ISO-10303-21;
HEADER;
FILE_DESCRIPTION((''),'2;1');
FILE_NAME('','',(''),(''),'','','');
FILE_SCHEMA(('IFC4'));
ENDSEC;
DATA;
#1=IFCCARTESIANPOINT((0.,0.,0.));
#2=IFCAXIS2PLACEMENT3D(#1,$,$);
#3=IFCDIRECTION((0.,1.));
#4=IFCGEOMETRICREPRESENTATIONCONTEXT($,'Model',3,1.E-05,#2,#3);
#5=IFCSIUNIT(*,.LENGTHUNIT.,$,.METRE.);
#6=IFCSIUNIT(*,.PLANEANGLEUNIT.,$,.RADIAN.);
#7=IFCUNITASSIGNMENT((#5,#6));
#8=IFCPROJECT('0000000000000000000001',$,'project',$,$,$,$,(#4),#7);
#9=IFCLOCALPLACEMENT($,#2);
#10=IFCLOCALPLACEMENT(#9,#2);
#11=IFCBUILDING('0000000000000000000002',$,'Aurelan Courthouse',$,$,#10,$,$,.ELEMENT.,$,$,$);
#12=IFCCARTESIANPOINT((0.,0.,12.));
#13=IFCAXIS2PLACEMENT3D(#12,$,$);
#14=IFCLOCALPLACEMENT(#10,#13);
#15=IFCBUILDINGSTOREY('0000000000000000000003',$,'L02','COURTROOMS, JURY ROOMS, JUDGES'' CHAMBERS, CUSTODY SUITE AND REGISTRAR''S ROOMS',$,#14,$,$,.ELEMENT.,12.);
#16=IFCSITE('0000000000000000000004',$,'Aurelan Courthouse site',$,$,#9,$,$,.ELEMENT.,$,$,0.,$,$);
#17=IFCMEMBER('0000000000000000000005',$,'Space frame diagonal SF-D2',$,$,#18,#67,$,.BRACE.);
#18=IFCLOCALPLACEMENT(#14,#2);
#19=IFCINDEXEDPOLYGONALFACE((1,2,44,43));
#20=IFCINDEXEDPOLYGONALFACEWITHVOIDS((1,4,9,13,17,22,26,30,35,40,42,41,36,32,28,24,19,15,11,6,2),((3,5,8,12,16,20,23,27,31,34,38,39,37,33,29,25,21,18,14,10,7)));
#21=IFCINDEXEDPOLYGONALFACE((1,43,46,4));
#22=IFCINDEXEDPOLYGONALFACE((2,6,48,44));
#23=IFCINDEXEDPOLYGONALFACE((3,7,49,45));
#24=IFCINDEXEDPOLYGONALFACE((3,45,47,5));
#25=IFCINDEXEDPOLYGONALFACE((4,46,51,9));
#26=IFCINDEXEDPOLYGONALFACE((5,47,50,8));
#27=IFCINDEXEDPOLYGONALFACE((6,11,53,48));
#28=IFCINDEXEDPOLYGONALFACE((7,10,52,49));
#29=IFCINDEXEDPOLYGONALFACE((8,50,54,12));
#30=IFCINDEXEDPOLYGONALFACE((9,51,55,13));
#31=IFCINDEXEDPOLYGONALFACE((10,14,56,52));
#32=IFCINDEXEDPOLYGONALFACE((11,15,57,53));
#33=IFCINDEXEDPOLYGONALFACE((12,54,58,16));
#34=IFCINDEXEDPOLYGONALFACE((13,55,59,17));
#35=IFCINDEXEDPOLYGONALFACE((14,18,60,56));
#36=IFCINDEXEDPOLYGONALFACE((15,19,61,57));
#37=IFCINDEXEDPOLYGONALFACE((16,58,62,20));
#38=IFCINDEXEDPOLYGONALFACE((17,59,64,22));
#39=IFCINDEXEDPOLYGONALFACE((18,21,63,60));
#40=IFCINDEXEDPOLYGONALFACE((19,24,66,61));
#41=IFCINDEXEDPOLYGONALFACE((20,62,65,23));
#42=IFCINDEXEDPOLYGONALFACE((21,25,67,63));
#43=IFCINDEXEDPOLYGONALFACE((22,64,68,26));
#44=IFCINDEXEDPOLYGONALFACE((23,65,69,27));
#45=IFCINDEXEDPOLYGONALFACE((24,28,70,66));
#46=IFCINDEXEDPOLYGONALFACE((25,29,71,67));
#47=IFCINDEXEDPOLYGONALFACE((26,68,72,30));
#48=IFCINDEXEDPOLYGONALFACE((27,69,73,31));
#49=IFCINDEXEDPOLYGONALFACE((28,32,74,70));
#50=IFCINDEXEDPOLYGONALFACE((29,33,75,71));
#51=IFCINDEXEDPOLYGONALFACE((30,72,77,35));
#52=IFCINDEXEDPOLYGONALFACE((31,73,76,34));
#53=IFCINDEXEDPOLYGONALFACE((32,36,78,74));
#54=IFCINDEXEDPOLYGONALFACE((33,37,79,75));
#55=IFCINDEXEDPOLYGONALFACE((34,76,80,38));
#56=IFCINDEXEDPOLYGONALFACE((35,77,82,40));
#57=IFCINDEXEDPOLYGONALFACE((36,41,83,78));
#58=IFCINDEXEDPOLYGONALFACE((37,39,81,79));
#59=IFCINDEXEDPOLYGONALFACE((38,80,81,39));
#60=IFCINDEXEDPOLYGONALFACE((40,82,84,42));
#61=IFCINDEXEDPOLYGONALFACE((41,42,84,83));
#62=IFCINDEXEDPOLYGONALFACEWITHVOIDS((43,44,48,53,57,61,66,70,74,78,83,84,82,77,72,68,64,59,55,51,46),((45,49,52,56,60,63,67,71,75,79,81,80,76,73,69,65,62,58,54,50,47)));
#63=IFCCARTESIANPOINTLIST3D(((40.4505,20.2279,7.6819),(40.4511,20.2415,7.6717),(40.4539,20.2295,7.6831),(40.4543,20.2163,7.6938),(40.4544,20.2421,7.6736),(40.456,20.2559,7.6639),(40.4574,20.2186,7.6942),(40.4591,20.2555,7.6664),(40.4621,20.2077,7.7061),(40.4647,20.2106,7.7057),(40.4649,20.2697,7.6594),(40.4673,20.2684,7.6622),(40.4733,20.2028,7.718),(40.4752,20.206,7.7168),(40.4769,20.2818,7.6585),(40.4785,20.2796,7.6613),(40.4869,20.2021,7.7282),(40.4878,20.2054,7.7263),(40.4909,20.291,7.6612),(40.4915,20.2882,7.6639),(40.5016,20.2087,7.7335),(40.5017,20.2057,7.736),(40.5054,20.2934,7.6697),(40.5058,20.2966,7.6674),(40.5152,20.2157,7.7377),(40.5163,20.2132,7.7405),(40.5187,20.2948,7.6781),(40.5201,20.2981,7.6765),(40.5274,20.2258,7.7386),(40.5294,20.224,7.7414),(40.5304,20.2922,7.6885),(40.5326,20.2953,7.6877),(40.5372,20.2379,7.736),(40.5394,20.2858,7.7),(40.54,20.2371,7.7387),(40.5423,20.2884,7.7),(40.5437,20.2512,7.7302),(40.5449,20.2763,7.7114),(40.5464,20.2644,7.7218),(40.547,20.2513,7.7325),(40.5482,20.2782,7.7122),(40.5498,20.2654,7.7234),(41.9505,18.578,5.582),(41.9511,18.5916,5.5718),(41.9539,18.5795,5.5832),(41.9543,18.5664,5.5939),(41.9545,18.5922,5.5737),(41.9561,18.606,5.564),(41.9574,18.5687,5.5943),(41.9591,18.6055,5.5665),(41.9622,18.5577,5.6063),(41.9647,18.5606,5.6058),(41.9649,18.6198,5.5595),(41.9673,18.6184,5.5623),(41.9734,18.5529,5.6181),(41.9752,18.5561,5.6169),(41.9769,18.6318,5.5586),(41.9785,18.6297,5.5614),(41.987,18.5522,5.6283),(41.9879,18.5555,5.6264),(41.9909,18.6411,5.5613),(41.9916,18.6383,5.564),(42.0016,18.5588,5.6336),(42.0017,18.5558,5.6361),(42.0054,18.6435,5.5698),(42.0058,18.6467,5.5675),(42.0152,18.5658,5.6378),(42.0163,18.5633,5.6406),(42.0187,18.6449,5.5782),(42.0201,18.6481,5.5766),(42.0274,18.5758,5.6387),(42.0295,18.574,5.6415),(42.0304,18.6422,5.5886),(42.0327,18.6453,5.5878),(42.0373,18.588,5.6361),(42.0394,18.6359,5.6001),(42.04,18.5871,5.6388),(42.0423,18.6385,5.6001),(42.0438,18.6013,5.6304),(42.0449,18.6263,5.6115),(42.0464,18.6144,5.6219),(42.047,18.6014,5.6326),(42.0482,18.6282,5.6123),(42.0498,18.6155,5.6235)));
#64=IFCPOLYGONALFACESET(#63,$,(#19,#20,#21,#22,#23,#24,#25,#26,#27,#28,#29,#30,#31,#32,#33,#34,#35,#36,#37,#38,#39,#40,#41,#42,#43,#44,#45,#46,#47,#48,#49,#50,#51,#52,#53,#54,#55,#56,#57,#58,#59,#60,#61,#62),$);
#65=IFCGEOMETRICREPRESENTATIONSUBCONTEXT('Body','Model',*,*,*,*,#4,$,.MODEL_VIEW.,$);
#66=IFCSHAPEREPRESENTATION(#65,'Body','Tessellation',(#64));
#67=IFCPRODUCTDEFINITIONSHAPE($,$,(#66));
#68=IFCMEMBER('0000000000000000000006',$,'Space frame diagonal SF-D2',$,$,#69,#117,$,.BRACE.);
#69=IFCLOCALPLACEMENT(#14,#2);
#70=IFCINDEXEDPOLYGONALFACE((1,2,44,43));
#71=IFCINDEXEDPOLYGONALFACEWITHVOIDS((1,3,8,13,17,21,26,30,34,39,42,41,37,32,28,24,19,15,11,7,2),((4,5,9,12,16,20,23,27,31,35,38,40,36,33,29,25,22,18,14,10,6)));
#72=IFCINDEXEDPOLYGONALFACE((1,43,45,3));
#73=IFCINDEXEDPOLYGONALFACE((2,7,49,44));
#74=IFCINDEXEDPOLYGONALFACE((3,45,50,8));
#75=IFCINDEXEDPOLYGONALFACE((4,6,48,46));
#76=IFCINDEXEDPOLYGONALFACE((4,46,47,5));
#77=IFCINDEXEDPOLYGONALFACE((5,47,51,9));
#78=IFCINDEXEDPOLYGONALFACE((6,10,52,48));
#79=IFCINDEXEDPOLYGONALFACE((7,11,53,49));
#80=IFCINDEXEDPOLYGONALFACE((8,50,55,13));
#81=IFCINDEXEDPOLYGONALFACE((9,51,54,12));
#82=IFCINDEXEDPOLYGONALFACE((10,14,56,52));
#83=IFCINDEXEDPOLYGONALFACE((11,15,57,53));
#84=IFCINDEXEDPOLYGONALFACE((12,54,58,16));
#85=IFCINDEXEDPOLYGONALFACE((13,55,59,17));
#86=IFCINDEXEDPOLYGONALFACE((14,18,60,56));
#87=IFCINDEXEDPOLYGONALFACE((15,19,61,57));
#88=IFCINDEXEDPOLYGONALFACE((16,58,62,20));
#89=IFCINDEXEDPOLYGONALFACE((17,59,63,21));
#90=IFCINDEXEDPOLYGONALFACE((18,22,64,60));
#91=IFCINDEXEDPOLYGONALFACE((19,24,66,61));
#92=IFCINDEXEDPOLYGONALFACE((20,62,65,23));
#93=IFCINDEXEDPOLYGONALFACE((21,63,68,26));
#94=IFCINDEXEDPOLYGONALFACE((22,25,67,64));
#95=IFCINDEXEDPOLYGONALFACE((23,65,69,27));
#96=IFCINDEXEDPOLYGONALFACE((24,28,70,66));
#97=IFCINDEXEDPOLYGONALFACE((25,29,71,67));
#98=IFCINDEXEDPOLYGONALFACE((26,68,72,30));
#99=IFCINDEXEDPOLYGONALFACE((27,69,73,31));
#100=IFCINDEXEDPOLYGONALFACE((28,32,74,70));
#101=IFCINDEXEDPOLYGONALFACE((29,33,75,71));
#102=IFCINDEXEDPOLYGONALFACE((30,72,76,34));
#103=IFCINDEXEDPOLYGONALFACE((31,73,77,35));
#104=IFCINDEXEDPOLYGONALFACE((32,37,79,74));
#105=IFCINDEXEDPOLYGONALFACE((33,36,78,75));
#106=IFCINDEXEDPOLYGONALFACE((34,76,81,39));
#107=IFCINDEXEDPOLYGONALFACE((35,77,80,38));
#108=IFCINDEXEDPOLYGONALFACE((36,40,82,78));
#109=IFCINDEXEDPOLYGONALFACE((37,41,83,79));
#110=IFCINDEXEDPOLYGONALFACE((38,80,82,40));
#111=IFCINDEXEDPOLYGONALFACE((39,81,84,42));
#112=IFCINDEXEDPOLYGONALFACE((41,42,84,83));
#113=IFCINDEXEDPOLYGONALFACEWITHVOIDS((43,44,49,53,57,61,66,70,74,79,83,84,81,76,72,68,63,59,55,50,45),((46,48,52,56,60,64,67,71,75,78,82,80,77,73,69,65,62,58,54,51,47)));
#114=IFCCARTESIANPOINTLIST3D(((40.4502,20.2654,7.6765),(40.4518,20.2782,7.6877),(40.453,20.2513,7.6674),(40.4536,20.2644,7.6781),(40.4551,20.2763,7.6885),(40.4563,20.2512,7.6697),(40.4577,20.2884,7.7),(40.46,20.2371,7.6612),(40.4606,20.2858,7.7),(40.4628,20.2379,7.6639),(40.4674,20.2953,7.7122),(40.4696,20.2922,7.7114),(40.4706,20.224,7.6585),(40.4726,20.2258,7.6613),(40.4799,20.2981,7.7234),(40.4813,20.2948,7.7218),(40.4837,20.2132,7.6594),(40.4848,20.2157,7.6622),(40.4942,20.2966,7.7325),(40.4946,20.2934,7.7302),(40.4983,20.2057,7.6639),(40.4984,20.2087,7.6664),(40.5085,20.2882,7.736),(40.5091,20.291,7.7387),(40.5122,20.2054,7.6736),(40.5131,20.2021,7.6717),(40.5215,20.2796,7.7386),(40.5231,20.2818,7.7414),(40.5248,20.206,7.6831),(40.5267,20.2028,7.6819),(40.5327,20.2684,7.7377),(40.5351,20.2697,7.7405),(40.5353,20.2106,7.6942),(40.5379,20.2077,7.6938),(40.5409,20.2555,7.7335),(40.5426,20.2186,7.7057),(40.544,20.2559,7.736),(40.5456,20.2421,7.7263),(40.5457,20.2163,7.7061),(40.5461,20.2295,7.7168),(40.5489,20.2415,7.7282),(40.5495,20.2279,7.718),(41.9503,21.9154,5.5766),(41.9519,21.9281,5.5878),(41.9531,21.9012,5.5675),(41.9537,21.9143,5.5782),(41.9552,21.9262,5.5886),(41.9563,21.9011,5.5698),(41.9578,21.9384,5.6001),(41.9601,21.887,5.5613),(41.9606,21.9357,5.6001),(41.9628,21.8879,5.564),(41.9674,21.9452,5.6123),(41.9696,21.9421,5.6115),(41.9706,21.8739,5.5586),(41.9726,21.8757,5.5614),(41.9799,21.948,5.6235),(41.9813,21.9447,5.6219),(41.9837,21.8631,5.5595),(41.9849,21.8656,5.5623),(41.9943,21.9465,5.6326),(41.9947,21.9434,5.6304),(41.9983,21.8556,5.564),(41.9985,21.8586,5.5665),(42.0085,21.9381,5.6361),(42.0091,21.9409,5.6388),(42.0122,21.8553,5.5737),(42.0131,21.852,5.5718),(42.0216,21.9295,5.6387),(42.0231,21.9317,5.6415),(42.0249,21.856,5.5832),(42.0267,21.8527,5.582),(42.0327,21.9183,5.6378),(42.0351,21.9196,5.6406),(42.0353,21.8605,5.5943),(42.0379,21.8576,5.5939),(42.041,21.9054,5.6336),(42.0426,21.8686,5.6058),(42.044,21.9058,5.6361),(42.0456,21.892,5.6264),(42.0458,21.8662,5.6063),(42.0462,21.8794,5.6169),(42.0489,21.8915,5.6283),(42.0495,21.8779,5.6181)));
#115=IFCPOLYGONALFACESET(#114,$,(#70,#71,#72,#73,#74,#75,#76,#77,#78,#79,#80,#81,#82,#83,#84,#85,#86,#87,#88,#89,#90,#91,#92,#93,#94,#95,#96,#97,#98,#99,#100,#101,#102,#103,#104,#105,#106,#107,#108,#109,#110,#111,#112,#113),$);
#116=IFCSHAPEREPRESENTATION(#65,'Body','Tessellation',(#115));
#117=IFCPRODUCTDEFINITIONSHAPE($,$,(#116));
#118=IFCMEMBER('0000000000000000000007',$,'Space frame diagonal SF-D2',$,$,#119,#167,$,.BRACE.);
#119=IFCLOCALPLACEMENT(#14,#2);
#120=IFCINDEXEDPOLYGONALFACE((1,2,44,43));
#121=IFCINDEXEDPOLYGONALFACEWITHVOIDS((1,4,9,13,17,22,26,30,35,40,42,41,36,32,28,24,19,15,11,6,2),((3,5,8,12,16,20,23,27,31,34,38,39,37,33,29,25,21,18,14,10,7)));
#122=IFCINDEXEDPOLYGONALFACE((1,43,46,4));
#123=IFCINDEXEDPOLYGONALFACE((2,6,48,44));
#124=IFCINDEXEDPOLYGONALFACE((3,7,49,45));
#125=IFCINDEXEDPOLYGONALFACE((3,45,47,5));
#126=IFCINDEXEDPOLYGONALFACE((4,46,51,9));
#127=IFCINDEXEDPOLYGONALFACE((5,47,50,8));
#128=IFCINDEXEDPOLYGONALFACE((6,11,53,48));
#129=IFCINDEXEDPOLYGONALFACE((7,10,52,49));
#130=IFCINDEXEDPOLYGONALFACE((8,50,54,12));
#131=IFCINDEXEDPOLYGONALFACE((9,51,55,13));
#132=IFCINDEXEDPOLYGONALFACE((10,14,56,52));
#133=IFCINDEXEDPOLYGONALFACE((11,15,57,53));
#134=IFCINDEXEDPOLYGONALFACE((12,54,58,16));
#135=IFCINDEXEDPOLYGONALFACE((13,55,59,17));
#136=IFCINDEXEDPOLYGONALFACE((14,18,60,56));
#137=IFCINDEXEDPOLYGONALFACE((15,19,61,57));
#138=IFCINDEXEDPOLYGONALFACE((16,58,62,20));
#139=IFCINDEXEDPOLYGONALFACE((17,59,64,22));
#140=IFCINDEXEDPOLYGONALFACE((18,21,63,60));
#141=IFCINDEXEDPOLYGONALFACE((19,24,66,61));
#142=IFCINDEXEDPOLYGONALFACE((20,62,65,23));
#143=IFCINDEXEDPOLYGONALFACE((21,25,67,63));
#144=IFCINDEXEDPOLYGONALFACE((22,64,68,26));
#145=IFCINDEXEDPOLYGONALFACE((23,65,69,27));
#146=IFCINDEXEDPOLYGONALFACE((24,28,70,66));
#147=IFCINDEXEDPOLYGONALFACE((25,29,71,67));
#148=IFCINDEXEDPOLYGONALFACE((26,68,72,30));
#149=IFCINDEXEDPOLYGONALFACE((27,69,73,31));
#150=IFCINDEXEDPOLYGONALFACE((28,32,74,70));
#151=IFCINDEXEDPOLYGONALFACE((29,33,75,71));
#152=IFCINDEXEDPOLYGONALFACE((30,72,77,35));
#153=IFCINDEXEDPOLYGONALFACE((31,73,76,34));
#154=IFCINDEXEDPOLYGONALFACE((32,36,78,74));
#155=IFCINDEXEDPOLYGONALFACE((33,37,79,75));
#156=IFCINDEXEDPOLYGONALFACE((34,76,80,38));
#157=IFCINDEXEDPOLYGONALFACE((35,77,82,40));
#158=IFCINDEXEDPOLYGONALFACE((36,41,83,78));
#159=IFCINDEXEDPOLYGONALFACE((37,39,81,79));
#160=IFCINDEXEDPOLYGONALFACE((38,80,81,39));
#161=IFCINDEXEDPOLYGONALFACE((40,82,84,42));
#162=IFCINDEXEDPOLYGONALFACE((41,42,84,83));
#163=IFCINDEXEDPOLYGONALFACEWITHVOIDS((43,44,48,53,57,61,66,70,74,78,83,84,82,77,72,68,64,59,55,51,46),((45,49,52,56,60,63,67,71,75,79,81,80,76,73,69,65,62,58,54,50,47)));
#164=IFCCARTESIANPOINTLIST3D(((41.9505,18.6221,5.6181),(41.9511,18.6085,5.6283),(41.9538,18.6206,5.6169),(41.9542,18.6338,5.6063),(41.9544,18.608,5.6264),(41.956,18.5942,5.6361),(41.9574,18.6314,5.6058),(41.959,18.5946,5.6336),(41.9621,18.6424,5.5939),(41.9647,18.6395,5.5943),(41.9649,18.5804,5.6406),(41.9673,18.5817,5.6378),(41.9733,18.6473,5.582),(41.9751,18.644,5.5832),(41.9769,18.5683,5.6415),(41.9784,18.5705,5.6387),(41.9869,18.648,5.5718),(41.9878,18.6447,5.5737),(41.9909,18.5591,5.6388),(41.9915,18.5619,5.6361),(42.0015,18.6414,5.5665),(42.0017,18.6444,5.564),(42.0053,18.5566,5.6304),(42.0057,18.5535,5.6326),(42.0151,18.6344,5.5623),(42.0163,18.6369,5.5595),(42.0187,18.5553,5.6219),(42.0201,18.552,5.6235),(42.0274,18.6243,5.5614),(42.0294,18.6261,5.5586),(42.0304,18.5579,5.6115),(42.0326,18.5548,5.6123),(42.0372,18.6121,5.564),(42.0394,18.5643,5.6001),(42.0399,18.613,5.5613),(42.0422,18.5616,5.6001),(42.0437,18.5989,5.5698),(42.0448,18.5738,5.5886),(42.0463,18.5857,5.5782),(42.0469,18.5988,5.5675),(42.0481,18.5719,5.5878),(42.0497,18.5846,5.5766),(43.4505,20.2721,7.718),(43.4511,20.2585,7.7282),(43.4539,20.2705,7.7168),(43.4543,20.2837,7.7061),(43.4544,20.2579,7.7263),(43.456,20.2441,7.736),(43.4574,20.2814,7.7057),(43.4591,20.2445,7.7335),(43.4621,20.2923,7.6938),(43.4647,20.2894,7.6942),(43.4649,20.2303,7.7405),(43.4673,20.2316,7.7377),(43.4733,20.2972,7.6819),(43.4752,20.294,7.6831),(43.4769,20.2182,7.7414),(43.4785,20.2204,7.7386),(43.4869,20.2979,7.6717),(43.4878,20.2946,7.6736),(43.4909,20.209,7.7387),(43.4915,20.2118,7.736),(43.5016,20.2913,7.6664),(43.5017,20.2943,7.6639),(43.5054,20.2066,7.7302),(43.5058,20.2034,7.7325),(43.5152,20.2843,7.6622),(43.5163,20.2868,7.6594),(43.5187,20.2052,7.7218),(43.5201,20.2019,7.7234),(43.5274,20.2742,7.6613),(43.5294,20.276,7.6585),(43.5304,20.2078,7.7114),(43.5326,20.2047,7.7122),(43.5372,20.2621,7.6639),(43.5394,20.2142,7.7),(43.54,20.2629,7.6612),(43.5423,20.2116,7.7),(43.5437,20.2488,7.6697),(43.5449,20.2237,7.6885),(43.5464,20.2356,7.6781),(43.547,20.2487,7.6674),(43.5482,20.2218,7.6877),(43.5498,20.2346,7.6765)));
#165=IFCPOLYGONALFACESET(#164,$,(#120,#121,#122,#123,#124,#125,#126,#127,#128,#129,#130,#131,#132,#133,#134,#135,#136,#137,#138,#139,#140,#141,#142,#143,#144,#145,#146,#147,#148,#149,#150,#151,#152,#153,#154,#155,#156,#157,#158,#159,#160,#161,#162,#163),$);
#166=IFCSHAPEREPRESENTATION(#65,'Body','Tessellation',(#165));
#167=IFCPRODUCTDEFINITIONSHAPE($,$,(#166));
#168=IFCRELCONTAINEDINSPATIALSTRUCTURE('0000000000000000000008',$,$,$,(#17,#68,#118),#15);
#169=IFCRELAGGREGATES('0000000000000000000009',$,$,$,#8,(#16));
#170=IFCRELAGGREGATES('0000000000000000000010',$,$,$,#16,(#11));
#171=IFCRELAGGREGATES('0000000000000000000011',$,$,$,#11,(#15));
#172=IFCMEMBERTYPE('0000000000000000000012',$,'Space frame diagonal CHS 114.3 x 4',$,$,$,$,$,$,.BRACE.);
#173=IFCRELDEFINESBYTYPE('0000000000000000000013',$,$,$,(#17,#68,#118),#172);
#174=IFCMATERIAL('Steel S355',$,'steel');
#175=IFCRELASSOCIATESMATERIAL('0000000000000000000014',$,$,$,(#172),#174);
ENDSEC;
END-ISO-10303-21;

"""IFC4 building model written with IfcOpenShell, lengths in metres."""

from ifc_helpers import new_model, si_unit, direction, frame, origin, origin_2d, place, context, subcontext, project, spatial, hollow_circle, extrude, material, material_profile, profile_set, type_object, element, save


model = new_model("IFC4")

# Units and contexts
model_context = context("Model", 3, precision=1e-05, world=origin(), true_north=direction((0.0, 1.0)))
body_context = subcontext(model_context, "Body", "Model", "MODEL_VIEW")
ifc_project = project(units=[si_unit("LENGTHUNIT", "METRE"), si_unit("PLANEANGLEUNIT", "RADIAN")], contexts=[model_context])

# Site, building, storey
site_placement = place(None, origin())
site = spatial("IfcSite", under=ifc_project, at=site_placement, Name="Aurelan Courthouse site", CompositionType="ELEMENT", RefElevation=0.0)
building_placement = place(site_placement, origin())
building = spatial("IfcBuilding", under=site, at=building_placement, Name="Aurelan Courthouse", CompositionType="ELEMENT")
storey_placement = place(building_placement, frame((0.0, 0.0, 12.0)))
storey = spatial("IfcBuildingStorey", under=building, at=storey_placement, Name="L02", Description="COURTROOMS, JURY ROOMS, JUDGES' CHAMBERS, CUSTODY SUITE AND REGISTRAR'S ROOMS", CompositionType="ELEMENT", Elevation=12.0)

# Members
ifc_material = material(Name="Steel S355", Category="steel")
ifc_material_profile_1 = material_profile(ifc_material, hollow_circle(Radius=0.0571, WallThickness=0.0039, at=origin_2d()), Name="CHS 114.3 x 4")
ifc_profile_set_1 = profile_set([ifc_material_profile_1], Name="Steel S355")
member_type_1 = type_object("IfcMemberType", Name="Space frame diagonal CHS 114.3 x 4", PredefinedType="BRACE", material=ifc_profile_set_1)
for number, where, z_axis, x_axis, name in (
    (1, (40.5, 20.25, 7.7), (0.489727, -0.538667, -0.685569), (0.73992, 0.672695, 0.0), "Space frame diagonal SF-D2"),
    (2, (40.5, 20.25, 7.7), (0.489727, 0.538667, -0.685569), (-0.73992, 0.672695, 0.0), "Space frame diagonal SF-D2"),
    (3, (43.5, 20.25, 7.7), (-0.489727, -0.538667, -0.685569), (0.73992, -0.672695, 0.0), "Space frame diagonal SF-D2"),
):
    element("IfcMember", number, at=place(storey_placement, frame(where, z_axis=z_axis, x_axis=x_axis)), inside=storey, type_object=member_type_1, Name=name, PredefinedType="BRACE", context=body_context, shape_type="SweptSolid", body=[
        extrude(hollow_circle(Radius=0.0571, WallThickness=0.0039, at=origin_2d()), origin(), (0.0, 0.0, 1.0), 3.063),
    ])

save(model, "model.ifc")
